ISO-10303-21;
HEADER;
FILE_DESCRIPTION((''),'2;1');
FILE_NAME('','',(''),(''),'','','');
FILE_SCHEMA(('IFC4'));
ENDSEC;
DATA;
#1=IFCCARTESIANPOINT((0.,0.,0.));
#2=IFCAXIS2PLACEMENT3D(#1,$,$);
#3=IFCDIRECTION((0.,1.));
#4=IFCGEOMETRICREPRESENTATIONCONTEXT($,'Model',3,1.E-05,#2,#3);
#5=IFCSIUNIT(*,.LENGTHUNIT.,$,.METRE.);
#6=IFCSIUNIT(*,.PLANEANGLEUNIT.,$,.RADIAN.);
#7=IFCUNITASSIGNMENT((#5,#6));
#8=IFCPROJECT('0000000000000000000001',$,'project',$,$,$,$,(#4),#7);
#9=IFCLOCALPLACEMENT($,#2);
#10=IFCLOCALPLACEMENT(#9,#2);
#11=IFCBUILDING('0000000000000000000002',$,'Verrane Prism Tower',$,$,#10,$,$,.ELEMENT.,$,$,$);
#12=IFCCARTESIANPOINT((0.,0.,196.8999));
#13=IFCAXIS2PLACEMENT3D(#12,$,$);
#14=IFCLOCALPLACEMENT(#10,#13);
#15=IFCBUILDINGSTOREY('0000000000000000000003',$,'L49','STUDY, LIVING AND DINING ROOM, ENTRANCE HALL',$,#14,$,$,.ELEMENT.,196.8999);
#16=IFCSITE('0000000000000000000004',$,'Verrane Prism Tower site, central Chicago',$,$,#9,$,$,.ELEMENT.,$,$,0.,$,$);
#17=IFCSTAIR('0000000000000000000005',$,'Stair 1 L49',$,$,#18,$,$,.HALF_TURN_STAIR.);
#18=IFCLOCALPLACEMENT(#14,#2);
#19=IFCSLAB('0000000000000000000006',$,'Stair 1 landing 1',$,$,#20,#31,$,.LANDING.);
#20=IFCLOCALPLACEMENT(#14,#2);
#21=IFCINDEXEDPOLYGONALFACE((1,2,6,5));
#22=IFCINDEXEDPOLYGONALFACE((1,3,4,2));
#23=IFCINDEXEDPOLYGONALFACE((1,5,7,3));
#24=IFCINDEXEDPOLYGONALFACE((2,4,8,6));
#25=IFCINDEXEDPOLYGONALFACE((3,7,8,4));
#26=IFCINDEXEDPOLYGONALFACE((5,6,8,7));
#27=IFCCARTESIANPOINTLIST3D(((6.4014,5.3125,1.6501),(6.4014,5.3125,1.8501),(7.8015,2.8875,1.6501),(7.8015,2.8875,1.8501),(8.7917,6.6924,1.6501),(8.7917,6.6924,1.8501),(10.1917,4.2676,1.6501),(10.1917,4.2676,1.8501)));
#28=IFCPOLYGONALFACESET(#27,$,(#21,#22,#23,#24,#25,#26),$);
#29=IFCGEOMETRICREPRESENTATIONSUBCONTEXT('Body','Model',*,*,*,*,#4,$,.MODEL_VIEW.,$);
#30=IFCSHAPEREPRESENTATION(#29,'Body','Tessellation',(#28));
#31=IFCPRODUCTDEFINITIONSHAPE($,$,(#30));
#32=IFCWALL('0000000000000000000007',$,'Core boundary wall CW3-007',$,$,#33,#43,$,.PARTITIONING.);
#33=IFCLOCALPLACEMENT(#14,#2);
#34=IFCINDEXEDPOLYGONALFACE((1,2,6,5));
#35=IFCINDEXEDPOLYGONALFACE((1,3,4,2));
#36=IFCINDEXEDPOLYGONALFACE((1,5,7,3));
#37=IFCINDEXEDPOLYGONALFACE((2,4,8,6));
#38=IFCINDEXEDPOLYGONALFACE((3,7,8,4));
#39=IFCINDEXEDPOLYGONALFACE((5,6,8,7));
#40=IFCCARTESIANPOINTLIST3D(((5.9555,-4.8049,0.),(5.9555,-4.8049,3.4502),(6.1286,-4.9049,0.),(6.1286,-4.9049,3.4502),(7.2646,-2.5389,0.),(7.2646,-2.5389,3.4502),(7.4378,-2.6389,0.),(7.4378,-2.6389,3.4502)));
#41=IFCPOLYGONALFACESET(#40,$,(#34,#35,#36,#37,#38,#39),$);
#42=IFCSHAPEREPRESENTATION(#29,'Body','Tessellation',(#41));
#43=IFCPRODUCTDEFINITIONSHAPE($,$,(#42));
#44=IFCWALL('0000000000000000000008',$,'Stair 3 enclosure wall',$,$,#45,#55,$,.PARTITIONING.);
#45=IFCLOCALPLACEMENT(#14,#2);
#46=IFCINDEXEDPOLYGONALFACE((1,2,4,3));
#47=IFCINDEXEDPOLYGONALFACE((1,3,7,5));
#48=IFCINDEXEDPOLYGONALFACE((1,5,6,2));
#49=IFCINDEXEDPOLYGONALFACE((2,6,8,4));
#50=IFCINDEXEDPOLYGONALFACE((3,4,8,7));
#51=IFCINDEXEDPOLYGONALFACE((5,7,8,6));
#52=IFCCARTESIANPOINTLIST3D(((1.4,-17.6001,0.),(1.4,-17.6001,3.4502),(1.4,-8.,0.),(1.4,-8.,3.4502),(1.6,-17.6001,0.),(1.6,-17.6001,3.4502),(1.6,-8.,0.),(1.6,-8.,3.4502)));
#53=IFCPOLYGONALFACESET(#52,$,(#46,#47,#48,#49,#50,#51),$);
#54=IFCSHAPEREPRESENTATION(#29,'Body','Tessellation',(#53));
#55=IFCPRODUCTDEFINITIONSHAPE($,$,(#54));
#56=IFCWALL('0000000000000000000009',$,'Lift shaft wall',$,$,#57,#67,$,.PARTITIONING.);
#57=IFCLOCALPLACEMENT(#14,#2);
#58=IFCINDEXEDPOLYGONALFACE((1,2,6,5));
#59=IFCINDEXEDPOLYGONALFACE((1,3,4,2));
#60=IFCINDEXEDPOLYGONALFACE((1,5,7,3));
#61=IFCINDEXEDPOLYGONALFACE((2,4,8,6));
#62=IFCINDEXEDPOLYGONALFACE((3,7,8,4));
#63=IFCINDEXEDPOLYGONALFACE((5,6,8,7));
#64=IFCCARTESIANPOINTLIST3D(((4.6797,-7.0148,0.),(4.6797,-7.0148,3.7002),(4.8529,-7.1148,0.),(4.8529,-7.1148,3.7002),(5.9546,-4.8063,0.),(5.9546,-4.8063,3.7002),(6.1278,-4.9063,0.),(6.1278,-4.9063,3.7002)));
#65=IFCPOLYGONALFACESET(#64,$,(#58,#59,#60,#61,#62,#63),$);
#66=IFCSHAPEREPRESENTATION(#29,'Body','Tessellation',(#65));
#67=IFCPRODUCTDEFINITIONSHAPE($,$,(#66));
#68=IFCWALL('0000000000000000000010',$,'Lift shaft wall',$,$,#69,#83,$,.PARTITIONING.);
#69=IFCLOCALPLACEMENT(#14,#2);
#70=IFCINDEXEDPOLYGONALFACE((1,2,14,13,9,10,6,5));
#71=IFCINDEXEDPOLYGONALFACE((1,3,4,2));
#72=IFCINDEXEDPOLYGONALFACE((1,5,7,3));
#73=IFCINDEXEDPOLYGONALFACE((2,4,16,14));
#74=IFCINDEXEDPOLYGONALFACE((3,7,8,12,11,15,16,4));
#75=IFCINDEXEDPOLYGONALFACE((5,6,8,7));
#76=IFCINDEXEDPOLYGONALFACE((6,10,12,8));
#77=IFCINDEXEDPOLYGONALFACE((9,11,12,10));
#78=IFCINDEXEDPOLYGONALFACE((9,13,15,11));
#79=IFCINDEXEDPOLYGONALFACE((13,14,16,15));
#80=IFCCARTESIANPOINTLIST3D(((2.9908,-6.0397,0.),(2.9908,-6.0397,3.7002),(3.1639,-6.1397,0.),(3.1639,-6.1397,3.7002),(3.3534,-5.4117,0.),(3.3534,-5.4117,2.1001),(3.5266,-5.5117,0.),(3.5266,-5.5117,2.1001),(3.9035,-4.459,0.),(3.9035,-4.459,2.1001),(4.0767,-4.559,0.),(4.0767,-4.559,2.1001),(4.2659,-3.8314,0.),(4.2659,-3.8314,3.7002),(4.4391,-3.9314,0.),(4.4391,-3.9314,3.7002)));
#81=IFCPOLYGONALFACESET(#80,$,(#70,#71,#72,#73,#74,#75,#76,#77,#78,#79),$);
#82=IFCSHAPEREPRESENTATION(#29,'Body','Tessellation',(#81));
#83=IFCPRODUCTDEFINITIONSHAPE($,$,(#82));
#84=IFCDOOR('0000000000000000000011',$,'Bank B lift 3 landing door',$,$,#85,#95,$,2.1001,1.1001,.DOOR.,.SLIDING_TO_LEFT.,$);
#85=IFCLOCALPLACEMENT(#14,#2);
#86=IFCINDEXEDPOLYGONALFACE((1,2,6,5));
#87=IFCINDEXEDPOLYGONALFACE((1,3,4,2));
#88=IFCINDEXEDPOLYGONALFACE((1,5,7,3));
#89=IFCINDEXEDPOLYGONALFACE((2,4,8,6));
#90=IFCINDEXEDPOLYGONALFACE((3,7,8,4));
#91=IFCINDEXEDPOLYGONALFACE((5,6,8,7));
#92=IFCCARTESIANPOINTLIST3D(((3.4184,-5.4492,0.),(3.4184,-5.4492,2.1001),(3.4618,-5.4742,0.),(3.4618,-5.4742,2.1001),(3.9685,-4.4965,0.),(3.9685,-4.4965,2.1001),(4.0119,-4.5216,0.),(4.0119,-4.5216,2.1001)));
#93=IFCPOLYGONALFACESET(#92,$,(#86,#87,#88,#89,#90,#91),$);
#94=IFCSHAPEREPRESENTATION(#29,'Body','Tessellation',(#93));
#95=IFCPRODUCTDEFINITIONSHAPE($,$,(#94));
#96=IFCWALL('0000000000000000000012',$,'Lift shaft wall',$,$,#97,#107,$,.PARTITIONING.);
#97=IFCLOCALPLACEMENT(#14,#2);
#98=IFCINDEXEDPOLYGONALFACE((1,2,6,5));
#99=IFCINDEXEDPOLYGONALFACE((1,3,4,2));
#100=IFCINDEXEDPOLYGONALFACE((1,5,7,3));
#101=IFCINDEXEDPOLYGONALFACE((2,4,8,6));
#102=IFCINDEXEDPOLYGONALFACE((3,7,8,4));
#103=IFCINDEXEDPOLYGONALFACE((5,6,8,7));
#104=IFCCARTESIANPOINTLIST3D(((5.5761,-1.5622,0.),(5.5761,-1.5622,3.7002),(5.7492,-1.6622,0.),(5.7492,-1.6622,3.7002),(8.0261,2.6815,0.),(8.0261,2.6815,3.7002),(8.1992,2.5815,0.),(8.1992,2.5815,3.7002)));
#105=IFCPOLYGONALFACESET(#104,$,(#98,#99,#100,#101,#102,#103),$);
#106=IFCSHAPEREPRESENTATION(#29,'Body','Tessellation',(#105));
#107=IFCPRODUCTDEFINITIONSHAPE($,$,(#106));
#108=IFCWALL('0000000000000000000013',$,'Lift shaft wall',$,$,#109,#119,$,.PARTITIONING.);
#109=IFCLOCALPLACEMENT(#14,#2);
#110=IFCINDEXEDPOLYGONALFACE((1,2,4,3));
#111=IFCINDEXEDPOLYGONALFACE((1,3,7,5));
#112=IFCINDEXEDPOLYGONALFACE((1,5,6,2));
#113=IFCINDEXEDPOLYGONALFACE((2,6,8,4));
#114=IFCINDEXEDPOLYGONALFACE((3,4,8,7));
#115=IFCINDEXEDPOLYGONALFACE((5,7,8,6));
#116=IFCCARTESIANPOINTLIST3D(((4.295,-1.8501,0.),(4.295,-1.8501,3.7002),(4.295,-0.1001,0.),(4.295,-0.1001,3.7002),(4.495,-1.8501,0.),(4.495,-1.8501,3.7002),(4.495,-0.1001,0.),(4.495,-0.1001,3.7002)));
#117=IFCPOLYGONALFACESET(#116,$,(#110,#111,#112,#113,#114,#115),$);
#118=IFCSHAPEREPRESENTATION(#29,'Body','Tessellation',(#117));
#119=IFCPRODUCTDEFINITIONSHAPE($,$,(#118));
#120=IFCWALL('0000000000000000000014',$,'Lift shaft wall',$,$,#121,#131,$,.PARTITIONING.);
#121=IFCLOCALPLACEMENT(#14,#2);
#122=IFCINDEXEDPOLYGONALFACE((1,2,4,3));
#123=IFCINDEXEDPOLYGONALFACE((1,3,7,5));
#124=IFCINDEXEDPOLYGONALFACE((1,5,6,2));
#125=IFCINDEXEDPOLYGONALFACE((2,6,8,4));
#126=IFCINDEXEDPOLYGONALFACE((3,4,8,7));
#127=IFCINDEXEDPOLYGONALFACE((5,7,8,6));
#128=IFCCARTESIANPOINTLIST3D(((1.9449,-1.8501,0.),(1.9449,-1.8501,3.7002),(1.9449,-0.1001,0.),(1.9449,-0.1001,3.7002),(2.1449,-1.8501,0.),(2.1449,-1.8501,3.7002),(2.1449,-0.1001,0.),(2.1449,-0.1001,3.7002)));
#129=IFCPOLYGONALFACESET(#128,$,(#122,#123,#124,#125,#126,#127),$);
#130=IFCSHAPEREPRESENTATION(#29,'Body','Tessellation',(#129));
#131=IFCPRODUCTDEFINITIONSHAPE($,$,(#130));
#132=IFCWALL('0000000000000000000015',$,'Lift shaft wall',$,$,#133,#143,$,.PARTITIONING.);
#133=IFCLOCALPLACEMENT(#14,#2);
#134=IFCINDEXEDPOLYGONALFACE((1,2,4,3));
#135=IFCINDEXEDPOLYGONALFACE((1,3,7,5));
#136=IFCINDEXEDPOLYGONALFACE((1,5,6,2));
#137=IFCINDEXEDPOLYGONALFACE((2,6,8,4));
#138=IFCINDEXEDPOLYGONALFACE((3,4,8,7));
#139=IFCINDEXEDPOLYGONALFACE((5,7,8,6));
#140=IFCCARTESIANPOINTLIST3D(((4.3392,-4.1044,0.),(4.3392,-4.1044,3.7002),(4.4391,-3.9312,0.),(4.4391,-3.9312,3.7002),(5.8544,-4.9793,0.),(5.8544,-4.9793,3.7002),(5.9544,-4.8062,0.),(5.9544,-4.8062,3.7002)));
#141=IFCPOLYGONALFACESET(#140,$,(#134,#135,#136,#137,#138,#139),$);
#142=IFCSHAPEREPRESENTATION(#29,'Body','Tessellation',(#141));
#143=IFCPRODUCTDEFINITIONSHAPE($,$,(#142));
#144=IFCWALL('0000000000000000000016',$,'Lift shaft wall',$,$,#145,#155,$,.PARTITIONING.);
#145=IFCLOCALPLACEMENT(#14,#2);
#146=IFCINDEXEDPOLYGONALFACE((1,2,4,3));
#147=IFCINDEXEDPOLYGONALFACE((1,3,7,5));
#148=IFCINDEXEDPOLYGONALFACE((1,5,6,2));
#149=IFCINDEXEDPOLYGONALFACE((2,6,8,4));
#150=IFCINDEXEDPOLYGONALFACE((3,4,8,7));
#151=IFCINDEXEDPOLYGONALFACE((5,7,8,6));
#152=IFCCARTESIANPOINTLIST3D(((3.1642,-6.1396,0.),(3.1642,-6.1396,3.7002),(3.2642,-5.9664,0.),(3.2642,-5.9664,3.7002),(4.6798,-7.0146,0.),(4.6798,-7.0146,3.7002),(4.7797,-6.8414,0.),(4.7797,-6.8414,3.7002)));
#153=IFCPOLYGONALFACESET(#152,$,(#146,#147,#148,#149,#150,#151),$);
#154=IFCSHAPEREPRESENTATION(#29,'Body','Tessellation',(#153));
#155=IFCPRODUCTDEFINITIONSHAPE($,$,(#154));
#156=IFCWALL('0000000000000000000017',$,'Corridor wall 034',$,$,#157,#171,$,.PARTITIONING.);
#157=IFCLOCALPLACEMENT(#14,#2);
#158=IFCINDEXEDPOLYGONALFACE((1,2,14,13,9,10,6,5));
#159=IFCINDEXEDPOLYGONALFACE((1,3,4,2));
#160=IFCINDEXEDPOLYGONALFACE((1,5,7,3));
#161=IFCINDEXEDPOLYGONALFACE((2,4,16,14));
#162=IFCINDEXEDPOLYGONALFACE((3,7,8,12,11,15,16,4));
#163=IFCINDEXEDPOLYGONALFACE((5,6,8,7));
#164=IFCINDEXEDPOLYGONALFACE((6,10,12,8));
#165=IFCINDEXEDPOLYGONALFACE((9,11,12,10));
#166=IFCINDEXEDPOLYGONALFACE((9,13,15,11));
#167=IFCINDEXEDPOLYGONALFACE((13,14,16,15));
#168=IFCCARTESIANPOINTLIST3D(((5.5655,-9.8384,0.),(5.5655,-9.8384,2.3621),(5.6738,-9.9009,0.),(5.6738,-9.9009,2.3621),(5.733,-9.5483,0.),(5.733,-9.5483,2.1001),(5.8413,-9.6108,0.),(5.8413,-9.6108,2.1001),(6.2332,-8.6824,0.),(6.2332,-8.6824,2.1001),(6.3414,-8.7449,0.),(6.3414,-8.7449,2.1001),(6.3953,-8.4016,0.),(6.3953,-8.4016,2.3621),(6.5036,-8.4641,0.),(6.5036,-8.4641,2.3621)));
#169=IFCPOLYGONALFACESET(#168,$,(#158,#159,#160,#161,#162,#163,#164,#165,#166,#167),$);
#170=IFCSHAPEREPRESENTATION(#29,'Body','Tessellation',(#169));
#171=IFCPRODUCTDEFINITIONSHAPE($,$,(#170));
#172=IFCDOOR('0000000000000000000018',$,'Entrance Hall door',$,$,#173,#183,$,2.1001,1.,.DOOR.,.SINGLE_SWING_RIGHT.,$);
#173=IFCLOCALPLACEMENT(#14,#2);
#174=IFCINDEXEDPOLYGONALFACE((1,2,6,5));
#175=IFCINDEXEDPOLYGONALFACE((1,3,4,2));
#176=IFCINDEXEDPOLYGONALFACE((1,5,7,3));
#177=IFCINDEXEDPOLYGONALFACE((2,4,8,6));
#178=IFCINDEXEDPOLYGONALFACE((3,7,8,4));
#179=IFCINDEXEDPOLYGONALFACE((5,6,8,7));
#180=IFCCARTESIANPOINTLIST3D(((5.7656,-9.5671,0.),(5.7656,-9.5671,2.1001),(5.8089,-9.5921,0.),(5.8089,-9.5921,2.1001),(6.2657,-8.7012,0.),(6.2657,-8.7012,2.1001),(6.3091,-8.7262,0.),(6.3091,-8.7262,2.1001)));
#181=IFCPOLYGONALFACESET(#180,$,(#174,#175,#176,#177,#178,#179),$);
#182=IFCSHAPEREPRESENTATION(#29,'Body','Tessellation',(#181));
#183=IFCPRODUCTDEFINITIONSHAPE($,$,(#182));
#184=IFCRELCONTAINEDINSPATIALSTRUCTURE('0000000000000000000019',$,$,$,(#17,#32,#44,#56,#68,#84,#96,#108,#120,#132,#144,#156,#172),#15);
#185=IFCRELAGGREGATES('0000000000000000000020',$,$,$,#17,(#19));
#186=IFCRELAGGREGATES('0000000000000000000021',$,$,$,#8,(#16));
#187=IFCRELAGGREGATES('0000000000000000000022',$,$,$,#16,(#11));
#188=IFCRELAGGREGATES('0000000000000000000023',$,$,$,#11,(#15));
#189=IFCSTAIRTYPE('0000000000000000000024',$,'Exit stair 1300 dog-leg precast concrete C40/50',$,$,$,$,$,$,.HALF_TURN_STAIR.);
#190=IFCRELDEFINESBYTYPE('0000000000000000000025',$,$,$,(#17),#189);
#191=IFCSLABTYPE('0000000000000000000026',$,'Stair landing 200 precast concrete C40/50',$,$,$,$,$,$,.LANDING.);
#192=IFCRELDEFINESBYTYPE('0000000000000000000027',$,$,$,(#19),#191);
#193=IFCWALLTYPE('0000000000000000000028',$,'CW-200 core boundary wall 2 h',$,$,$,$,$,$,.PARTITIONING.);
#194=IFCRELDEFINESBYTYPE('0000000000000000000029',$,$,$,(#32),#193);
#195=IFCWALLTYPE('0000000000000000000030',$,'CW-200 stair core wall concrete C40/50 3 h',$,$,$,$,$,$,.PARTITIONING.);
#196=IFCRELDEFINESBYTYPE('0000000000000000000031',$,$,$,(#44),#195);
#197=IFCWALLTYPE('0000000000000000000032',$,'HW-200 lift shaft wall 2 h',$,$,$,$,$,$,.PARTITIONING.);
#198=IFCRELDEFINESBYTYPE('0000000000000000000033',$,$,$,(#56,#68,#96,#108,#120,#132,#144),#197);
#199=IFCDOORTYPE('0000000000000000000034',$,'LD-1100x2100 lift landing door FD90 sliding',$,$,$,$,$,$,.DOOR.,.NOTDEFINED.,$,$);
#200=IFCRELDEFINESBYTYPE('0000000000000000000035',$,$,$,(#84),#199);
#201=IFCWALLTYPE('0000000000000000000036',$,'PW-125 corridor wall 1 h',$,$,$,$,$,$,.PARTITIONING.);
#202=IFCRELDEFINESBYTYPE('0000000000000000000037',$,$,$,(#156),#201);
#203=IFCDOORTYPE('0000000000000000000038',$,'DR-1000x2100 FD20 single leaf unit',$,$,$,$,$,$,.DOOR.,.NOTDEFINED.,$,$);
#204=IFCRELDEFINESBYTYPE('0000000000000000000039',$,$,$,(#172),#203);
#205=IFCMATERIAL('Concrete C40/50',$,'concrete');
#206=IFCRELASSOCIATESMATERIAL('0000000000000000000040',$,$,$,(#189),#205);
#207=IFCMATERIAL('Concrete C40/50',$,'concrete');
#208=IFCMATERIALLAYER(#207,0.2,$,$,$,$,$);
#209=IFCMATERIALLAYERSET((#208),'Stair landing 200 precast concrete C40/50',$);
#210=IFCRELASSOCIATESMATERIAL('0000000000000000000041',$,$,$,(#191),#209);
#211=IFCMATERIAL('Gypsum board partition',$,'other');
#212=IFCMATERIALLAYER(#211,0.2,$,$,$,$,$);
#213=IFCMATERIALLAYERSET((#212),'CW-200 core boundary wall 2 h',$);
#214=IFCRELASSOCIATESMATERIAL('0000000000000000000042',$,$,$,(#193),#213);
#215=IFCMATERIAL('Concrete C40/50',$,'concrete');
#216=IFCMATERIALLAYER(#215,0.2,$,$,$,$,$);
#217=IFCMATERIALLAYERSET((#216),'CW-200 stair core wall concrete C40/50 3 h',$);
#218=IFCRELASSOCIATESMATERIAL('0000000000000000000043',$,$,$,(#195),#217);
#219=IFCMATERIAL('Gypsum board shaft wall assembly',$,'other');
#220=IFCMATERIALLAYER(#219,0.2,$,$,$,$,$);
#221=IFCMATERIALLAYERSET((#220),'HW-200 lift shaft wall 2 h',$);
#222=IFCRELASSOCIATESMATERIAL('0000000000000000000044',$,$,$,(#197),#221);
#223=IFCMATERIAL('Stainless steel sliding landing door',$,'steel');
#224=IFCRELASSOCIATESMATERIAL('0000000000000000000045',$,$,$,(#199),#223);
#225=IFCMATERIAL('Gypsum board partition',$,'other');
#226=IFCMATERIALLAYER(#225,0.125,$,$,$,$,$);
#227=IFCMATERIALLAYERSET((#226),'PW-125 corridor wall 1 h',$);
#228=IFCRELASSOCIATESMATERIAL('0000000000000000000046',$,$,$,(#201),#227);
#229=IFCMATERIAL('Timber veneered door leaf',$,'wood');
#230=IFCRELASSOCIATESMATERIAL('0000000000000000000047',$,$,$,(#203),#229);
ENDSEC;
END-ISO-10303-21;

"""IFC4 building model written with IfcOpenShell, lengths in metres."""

from ifc_helpers import new_model, si_unit, direction, frame, frame_2d, origin, place, context, subcontext, project, spatial, polyline, rectangle, outline, extrude, material, layer, layer_set, type_object, element, fill, aggregate, save


model = new_model("IFC4")

# Units and contexts
model_context = context("Model", 3, precision=1e-05, world=origin(), true_north=direction((0.0, 1.0)))
body_context = subcontext(model_context, "Body", "Model", "MODEL_VIEW")
ifc_project = project(units=[si_unit("LENGTHUNIT", "METRE"), si_unit("PLANEANGLEUNIT", "RADIAN")], contexts=[model_context])

# Site, building, storey
site_placement = place(None, origin())
site = spatial("IfcSite", under=ifc_project, at=site_placement, Name="Verrane Prism Tower site, central Chicago", CompositionType="ELEMENT", RefElevation=0.0)
building_placement = place(site_placement, origin())
building = spatial("IfcBuilding", under=site, at=building_placement, Name="Verrane Prism Tower", CompositionType="ELEMENT")
storey_placement = place(building_placement, frame((0.0, 0.0, 196.8999)))
storey = spatial("IfcBuildingStorey", under=building, at=storey_placement, Name="L49", Description="STUDY, LIVING AND DINING ROOM, ENTRANCE HALL", CompositionType="ELEMENT", Elevation=196.8999)

# Stair, slab
ifc_material_1 = material(Name="Concrete C40/50", Category="concrete")
stair_type = type_object("IfcStairType", Name="Exit stair 1300 dog-leg precast concrete C40/50", PredefinedType="HALF_TURN_STAIR", material=ifc_material_1)
stair_placement = place(storey_placement, origin())
stair = element("IfcStair", 1, at=stair_placement, inside=storey, type_object=stair_type, Name="Stair 1 L49", PredefinedType="HALF_TURN_STAIR")
ifc_material_2 = material(Name="Concrete C40/50", Category="concrete")
ifc_layer_1 = layer(ifc_material_2, 0.2)
ifc_layer_set_1 = layer_set([ifc_layer_1], Name="Stair landing 200 precast concrete C40/50")
slab_type = type_object("IfcSlabType", Name="Stair landing 200 precast concrete C40/50", PredefinedType="LANDING", material=ifc_layer_set_1)
slab_placement = place(storey_placement, frame((0.0, 0.0, 1.6501)))
slab = element("IfcSlab", 2, at=slab_placement, type_object=slab_type, Name="Stair 1 landing 1", PredefinedType="LANDING", context=body_context, shape_type="SweptSolid", body=[
    extrude(outline(polyline([(8.7917, 6.6924), (6.4014, 5.3125), (7.8015, 2.8875), (10.1917, 4.2676), (8.7917, 6.6924)])), origin(), (0.0, 0.0, 1.0), 0.2),
])
aggregate(stair, [slab])

# Walls
ifc_material_3 = material(Name="Gypsum board partition", Category="other")
ifc_layer_2 = layer(ifc_material_3, 0.2)
ifc_layer_set_2 = layer_set([ifc_layer_2], Name="CW-200 core boundary wall 2 h")
wall_type_1 = type_object("IfcWallType", Name="CW-200 core boundary wall 2 h", PredefinedType="PARTITIONING", material=ifc_layer_set_2)
wall_1_placement = place(storey_placement, frame((6.042, -4.855, 0.0), z_axis=(0.0, 0.0, 1.0), x_axis=(0.500253, 0.865879, 0.0)))
element("IfcWall", 3, at=wall_1_placement, inside=storey, type_object=wall_type_1, Name="Core boundary wall CW3-007", PredefinedType="PARTITIONING", context=body_context, shape_type="SweptSolid", body=[
    extrude(rectangle(XDim=2.6169, YDim=0.2, at=frame_2d((1.3086, 0.0))), origin(), (0.0, 0.0, 1.0), 3.4502),
])
ifc_material_4 = material(Name="Concrete C40/50", Category="concrete")
ifc_layer_3 = layer(ifc_material_4, 0.2)
ifc_layer_set_3 = layer_set([ifc_layer_3], Name="CW-200 stair core wall concrete C40/50 3 h")
wall_type_2 = type_object("IfcWallType", Name="CW-200 stair core wall concrete C40/50 3 h", PredefinedType="PARTITIONING", material=ifc_layer_set_3)
wall_2_placement = place(storey_placement, frame((1.5, -8.0, 0.0), z_axis=(0.0, 0.0, 1.0), x_axis=(0.0, -1.0, 0.0)))
element("IfcWall", 4, at=wall_2_placement, inside=storey, type_object=wall_type_2, Name="Stair 3 enclosure wall", PredefinedType="PARTITIONING", context=body_context, shape_type="SweptSolid", body=[
    extrude(rectangle(XDim=9.6001, YDim=0.2, at=frame_2d((4.8, 0.0))), origin(), (0.0, 0.0, 1.0), 3.4502),
])
ifc_material_5 = material(Name="Gypsum board shaft wall assembly", Category="other")
ifc_layer_4 = layer(ifc_material_5, 0.2)
ifc_layer_set_4 = layer_set([ifc_layer_4], Name="HW-200 lift shaft wall 2 h")
wall_type_3 = type_object("IfcWallType", Name="HW-200 lift shaft wall 2 h", PredefinedType="PARTITIONING", material=ifc_layer_set_4)
wall_3_placement = place(storey_placement, frame((4.7664, -7.0647, 0.0), z_axis=(0.0, 0.0, 1.0), x_axis=(0.499949, 0.866055, 0.0)))
element("IfcWall", 5, at=wall_3_placement, inside=storey, type_object=wall_type_3, Name="Lift shaft wall", PredefinedType="PARTITIONING", context=body_context, shape_type="SweptSolid", body=[
    extrude(rectangle(XDim=2.55, YDim=0.2, at=frame_2d((1.2749, 0.0))), origin(), (0.0, 0.0, 1.0), 3.7002),
])

# Wall, opening, door
wall_4_placement = place(storey_placement, frame((3.0774, -6.0896, 0.0), z_axis=(0.0, 0.0, 1.0), x_axis=(0.500062, 0.865989, 0.0)))
wall_4 = element("IfcWall", 6, at=wall_4_placement, inside=storey, type_object=wall_type_3, Name="Lift shaft wall", PredefinedType="PARTITIONING", context=body_context, shape_type="SweptSolid", body=[
    extrude(rectangle(XDim=2.55, YDim=0.2, at=frame_2d((1.2749, 0.0))), origin(), (0.0, 0.0, 1.0), 3.7002),
])
opening_1_placement = place(wall_4_placement, frame((0.7251, 0.0, 0.0)))
opening_1 = element("IfcOpeningElement", 7, at=opening_1_placement, cuts=wall_4, PredefinedType="OPENING", context=body_context, shape_type="SweptSolid", body=[
    extrude(rectangle(XDim=1.1001, YDim=2.1001, at=frame_2d((0.55, 1.05))), frame((0.0, 0.1099, 0.0), z_axis=(0.0, -1.0, 0.0), x_axis=(1.0, 0.0, 0.0)), (0.0, 0.0, 1.0), 0.22),
])
ifc_material_6 = material(Name="Stainless steel sliding landing door", Category="steel")
door_type_1 = type_object("IfcDoorType", Name="LD-1100x2100 lift landing door FD90 sliding", OperationType="NOTDEFINED", PredefinedType="DOOR", material=ifc_material_6)
door_1_placement = place(opening_1_placement, origin())
door_1 = element("IfcDoor", 8, at=door_1_placement, inside=storey, type_object=door_type_1, Name="Bank B lift 3 landing door", OperationType="SLIDING_TO_LEFT", OverallHeight=2.1001, OverallWidth=1.1001, PredefinedType="DOOR", context=body_context, shape_type="SweptSolid", body=[
    extrude(rectangle(XDim=1.1001, YDim=2.1001, at=frame_2d((0.55, 1.05))), frame((0.0, 0.0249, 0.0), z_axis=(0.0, -1.0, 0.0), x_axis=(1.0, 0.0, 0.0)), (0.0, 0.0, 1.0), 0.05),
])
fill(opening_1, door_1)

# Walls
wall_5_placement = place(storey_placement, frame((5.6626, -1.6123, 0.0), z_axis=(0.0, 0.0, 1.0), x_axis=(0.499981, 0.866036, 0.0)))
element("IfcWall", 9, at=wall_5_placement, inside=storey, type_object=wall_type_3, Name="Lift shaft wall", PredefinedType="PARTITIONING", context=body_context, shape_type="SweptSolid", body=[
    extrude(rectangle(XDim=4.9001, YDim=0.2, at=frame_2d((2.4502, 0.0))), origin(), (0.0, 0.0, 1.0), 3.7002),
])
for number, where, z_axis, x_axis, name in (
    (10, (4.395, -1.8501, 0.0), (0.0, 0.0, 1.0), (0.0, 1.0, 0.0), "Lift shaft wall"),
    (11, (2.0449, -1.8501, 0.0), (0.0, 0.0, 1.0), (0.0, 1.0, 0.0), "Lift shaft wall"),
):
    element("IfcWall", number, at=place(storey_placement, frame(where, z_axis=z_axis, x_axis=x_axis)), inside=storey, type_object=wall_type_3, Name=name, PredefinedType="PARTITIONING", context=body_context, shape_type="SweptSolid", body=[
        extrude(rectangle(XDim=1.75, YDim=0.2, at=frame_2d((0.875, 0.0))), origin(), (0.0, 0.0, 1.0), 3.7002),
    ])
wall_6_placement = place(storey_placement, frame((5.9045, -4.8928, 0.0), z_axis=(0.0, 0.0, 1.0), x_axis=(-0.866002, 0.50004, 0.0)))
element("IfcWall", 12, at=wall_6_placement, inside=storey, type_object=wall_type_3, Name="Lift shaft wall", PredefinedType="PARTITIONING", context=body_context, shape_type="SweptSolid", body=[
    extrude(rectangle(XDim=1.7498, YDim=0.2, at=frame_2d((0.875, 0.0))), origin(), (0.0, 0.0, 1.0), 3.7002),
])
wall_7_placement = place(storey_placement, frame((4.7297, -6.928, 0.0), z_axis=(0.0, 0.0, 1.0), x_axis=(-0.866037, 0.49998, 0.0)))
element("IfcWall", 13, at=wall_7_placement, inside=storey, type_object=wall_type_3, Name="Lift shaft wall", PredefinedType="PARTITIONING", context=body_context, shape_type="SweptSolid", body=[
    extrude(rectangle(XDim=1.75, YDim=0.2, at=frame_2d((0.875, 0.0))), origin(), (0.0, 0.0, 1.0), 3.7002),
])

# Wall, opening, door
ifc_material_7 = material(Name="Gypsum board partition", Category="other")
ifc_layer_5 = layer(ifc_material_7, 0.125)
ifc_layer_set_5 = layer_set([ifc_layer_5], Name="PW-125 corridor wall 1 h")
wall_type_4 = type_object("IfcWallType", Name="PW-125 corridor wall 1 h", PredefinedType="PARTITIONING", material=ifc_layer_set_5)
wall_8_placement = place(storey_placement, frame((5.6196, -9.8696, 0.0), z_axis=(0.0, 0.0, 1.0), x_axis=(0.500143, 0.865943, 0.0)))
wall_8 = element("IfcWall", 14, at=wall_8_placement, inside=storey, type_object=wall_type_4, Name="Corridor wall 034", PredefinedType="PARTITIONING", context=body_context, shape_type="SweptSolid", body=[
    extrude(rectangle(XDim=1.6592, YDim=0.125, at=frame_2d((0.8296, 0.0))), origin(), (0.0, 0.0, 1.0), 2.3621),
])
opening_2_placement = place(wall_8_placement, frame((0.335, 0.0, 0.0)))
opening_2 = element("IfcOpeningElement", 15, at=opening_2_placement, cuts=wall_8, PredefinedType="OPENING", context=body_context, shape_type="SweptSolid", body=[
    extrude(rectangle(XDim=1.0, YDim=2.1001, at=frame_2d((0.5, 1.05))), frame((0.0, 0.0725, 0.0), z_axis=(0.0, -1.0, 0.0), x_axis=(1.0, 0.0, 0.0)), (0.0, 0.0, 1.0), 0.145),
])
ifc_material_8 = material(Name="Timber veneered door leaf", Category="wood")
door_type_2 = type_object("IfcDoorType", Name="DR-1000x2100 FD20 single leaf unit", OperationType="NOTDEFINED", PredefinedType="DOOR", material=ifc_material_8)
door_2_placement = place(opening_2_placement, origin())
door_2 = element("IfcDoor", 16, at=door_2_placement, inside=storey, type_object=door_type_2, Name="Entrance Hall door", OperationType="SINGLE_SWING_RIGHT", OverallHeight=2.1001, OverallWidth=1.0, PredefinedType="DOOR", context=body_context, shape_type="SweptSolid", body=[
    extrude(rectangle(XDim=1.0, YDim=2.1001, at=frame_2d((0.5, 1.05))), frame((0.0, 0.0249, 0.0), z_axis=(0.0, -1.0, 0.0), x_axis=(1.0, 0.0, 0.0)), (0.0, 0.0, 1.0), 0.05),
])
fill(opening_2, door_2)

save(model, "model.ifc")
